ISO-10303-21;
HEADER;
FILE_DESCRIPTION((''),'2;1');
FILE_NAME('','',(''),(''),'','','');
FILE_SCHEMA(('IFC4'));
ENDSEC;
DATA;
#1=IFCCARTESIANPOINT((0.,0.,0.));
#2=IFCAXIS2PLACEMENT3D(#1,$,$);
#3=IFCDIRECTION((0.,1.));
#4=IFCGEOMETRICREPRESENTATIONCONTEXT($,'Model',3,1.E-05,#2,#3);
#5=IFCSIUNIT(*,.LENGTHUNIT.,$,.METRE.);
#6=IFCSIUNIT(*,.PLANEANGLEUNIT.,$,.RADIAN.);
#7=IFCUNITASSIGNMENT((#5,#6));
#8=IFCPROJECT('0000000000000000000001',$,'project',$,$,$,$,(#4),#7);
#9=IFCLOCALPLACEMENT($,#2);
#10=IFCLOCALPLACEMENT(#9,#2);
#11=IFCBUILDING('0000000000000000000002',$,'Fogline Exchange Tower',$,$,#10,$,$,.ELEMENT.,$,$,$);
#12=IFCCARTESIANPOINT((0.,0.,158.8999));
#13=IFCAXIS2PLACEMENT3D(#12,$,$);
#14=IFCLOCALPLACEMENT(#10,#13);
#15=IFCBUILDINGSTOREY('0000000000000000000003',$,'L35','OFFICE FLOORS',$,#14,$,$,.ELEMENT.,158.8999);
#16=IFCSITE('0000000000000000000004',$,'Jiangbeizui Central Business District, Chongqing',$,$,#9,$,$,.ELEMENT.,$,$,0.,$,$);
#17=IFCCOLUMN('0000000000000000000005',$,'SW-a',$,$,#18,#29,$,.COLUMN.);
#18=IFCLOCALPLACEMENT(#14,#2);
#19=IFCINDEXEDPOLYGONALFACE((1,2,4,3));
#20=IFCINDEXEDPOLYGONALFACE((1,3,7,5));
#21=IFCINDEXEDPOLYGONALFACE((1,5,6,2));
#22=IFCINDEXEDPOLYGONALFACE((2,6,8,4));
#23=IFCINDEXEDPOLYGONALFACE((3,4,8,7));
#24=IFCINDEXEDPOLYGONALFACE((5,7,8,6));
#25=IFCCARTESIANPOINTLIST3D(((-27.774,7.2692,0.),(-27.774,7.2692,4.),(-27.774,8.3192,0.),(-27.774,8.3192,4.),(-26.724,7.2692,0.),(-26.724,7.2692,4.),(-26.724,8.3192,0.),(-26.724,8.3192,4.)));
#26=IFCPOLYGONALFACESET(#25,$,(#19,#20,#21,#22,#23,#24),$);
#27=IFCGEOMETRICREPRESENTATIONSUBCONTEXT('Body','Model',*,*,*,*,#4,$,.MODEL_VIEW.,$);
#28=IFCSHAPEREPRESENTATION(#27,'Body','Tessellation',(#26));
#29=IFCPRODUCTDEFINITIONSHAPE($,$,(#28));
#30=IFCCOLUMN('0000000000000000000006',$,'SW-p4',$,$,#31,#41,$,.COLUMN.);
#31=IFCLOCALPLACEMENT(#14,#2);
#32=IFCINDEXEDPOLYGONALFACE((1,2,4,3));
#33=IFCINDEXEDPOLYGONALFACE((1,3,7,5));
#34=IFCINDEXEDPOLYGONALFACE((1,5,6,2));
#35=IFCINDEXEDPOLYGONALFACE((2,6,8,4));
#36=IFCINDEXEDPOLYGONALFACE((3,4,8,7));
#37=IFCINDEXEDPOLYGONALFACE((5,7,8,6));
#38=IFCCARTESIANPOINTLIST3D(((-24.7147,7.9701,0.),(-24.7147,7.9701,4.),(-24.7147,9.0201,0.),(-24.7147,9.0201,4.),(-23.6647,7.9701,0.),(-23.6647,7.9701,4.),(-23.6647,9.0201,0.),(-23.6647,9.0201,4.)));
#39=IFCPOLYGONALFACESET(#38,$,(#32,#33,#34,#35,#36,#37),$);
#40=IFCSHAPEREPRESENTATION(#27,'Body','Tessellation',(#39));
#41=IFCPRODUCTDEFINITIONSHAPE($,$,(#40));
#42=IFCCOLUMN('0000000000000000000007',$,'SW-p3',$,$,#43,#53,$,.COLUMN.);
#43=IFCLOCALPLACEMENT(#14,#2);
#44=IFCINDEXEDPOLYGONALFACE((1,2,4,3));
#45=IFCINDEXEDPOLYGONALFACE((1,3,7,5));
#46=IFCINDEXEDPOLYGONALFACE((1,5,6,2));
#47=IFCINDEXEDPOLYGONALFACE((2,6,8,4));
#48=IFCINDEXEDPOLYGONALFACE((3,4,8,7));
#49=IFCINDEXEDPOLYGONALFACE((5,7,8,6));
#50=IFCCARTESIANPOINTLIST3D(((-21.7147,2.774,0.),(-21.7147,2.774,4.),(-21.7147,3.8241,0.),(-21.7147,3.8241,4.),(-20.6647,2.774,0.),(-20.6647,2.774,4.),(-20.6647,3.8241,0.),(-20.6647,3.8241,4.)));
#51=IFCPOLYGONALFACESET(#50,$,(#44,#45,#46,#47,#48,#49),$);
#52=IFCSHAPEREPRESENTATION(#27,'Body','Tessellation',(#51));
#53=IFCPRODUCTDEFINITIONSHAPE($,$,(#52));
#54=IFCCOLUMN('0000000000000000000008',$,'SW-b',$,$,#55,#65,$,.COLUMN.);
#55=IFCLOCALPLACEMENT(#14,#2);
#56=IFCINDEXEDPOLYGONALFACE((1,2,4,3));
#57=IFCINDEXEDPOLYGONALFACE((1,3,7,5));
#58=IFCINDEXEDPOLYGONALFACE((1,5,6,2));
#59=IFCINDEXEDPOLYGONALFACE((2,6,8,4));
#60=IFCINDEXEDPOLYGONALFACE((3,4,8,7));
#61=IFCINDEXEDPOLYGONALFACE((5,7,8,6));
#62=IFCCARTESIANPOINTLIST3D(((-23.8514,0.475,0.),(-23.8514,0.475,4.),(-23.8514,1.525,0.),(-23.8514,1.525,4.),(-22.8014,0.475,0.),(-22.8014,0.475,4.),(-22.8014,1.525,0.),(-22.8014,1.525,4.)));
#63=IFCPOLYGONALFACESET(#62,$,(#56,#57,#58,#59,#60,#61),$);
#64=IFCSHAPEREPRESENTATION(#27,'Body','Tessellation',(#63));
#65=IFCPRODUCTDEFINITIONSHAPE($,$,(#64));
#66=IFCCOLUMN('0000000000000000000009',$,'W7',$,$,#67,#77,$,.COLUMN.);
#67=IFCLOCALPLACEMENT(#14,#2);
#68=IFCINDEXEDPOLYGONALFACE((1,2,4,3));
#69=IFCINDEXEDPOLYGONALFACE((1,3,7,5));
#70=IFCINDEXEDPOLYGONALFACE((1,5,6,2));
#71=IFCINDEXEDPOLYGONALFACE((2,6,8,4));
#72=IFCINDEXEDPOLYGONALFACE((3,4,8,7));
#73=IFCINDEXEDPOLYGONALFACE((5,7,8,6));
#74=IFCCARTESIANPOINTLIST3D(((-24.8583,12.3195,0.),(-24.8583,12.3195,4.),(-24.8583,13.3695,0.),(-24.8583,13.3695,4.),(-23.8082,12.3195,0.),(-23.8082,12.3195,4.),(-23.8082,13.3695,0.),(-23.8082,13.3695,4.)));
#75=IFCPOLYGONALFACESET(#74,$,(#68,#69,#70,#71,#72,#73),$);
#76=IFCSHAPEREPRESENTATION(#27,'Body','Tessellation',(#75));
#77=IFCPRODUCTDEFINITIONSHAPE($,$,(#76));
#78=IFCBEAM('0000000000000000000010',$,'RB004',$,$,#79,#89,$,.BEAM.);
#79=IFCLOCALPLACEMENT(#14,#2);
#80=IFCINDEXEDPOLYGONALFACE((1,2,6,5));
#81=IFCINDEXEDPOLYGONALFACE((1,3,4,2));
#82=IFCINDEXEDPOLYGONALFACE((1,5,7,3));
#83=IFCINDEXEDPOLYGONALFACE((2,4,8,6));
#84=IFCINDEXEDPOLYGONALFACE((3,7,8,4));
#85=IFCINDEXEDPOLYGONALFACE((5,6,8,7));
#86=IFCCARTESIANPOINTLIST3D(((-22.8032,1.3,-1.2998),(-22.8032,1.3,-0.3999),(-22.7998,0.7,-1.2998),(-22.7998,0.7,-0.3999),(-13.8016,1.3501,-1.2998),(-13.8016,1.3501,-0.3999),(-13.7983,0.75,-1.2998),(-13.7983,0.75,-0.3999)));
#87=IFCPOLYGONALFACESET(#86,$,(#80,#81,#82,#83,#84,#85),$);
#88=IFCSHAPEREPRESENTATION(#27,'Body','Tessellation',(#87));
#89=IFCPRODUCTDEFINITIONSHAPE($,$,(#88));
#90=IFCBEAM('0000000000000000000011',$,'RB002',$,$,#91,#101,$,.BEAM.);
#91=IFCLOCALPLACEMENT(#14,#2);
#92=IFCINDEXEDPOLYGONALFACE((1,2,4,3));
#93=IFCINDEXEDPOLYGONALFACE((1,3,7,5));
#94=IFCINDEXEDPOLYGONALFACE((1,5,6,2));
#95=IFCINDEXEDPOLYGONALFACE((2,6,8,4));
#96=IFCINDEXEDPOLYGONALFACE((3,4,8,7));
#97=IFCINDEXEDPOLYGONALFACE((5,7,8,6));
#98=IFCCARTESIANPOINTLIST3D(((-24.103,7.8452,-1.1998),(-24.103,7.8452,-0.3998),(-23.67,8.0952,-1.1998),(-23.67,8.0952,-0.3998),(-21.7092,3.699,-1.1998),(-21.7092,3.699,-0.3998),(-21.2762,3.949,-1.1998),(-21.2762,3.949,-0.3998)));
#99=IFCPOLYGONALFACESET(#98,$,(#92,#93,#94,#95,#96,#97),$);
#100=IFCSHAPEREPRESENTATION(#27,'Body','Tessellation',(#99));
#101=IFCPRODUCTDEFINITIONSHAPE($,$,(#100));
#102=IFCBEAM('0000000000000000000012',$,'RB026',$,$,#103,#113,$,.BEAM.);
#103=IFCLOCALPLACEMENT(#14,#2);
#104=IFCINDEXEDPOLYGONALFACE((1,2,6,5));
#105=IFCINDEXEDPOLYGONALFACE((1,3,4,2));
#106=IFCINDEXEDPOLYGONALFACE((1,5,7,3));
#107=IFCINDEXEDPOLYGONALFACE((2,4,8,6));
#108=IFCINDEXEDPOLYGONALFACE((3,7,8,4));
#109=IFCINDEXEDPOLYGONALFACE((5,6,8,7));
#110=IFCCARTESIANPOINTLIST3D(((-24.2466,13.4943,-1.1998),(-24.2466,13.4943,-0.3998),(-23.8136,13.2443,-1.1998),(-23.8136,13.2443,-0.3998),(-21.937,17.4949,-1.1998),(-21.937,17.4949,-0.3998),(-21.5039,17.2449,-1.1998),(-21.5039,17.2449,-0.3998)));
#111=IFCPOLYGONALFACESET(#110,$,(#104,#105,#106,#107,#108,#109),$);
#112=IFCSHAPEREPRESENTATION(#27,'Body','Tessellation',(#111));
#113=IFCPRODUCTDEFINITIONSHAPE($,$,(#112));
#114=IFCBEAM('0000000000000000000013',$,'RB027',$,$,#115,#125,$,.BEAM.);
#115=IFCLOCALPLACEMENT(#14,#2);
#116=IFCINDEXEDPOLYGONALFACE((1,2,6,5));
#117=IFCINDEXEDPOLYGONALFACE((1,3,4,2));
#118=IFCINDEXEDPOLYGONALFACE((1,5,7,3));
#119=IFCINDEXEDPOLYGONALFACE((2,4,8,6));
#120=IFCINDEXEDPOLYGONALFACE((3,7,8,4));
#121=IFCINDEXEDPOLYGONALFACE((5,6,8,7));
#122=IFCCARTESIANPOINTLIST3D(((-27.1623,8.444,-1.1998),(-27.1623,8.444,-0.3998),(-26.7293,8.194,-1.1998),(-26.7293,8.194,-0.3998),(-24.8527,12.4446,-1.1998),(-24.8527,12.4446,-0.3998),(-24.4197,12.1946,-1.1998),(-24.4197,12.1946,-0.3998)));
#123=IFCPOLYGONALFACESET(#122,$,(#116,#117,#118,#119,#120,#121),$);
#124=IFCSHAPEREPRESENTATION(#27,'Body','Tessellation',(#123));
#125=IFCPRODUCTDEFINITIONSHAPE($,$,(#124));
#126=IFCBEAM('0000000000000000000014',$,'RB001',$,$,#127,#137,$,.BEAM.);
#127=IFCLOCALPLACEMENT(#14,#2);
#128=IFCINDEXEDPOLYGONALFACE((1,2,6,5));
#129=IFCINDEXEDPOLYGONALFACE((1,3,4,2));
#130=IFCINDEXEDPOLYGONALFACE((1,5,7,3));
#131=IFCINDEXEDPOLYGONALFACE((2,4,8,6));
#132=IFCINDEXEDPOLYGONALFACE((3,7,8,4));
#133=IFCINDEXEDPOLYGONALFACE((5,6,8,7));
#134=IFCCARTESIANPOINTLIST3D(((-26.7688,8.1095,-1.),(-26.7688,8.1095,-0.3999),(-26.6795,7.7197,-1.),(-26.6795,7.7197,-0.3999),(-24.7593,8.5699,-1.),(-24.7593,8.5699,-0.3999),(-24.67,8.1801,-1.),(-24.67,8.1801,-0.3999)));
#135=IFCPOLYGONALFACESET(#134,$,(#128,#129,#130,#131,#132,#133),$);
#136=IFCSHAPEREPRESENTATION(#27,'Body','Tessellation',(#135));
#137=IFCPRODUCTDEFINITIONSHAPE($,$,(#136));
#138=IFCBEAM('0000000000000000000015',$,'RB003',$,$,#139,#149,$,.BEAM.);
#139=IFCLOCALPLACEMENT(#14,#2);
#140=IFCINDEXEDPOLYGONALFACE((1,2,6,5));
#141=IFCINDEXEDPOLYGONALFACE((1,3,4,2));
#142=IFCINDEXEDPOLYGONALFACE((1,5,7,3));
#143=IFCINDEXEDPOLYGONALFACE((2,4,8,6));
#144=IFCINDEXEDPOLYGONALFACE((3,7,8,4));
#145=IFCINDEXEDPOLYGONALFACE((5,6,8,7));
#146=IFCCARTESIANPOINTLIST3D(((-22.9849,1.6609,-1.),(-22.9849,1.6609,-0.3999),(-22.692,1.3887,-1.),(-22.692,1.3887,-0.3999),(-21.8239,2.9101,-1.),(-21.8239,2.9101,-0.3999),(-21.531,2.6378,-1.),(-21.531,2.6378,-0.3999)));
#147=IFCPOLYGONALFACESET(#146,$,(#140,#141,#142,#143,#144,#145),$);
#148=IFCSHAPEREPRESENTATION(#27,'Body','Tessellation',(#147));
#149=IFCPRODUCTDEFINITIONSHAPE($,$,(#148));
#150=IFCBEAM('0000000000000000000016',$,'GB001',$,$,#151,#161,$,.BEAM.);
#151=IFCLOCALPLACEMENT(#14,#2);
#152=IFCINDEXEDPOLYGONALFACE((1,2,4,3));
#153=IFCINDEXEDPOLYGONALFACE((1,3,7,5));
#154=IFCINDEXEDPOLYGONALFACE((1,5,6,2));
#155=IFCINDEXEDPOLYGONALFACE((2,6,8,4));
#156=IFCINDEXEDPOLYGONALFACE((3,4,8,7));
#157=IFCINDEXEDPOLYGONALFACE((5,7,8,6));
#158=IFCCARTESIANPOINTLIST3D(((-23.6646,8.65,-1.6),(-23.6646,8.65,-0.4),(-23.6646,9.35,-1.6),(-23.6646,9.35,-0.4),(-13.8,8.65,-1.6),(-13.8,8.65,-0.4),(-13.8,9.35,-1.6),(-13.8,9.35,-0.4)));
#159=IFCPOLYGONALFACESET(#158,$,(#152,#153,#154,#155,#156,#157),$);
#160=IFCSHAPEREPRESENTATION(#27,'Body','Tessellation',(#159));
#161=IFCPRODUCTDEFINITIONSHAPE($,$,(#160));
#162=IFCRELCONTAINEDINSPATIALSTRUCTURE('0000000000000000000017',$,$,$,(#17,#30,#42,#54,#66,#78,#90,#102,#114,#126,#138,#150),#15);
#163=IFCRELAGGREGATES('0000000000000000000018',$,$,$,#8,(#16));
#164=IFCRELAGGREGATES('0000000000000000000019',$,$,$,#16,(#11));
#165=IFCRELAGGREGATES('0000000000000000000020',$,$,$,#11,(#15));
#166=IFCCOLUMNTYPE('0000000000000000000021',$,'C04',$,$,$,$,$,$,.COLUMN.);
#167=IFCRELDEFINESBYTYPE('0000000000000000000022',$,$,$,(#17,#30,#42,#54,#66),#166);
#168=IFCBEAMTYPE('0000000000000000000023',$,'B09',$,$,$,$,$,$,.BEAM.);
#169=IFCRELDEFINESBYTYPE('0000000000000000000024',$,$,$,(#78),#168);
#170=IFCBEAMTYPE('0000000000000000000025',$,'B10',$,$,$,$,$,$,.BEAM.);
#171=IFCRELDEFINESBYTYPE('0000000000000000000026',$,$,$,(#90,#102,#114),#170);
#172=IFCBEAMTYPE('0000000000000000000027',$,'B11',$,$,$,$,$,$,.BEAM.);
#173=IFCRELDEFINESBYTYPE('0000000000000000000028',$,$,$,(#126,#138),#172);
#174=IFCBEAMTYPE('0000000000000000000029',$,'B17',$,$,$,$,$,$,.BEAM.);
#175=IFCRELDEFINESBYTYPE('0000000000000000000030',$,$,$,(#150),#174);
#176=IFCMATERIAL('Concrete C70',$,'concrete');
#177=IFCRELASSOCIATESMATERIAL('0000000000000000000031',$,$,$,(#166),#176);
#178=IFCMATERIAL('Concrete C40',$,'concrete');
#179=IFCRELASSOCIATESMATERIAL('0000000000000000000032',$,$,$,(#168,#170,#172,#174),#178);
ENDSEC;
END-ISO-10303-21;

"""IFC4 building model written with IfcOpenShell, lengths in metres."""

from ifc_helpers import new_model, si_unit, direction, frame, origin, origin_2d, place, context, subcontext, project, spatial, rectangle, extrude, material, material_profile, profile_set, type_object, element, save


model = new_model("IFC4")

# Units and contexts
model_context = context("Model", 3, precision=1e-05, world=origin(), true_north=direction((0.0, 1.0)))
body_context = subcontext(model_context, "Body", "Model", "MODEL_VIEW")
ifc_project = project(units=[si_unit("LENGTHUNIT", "METRE"), si_unit("PLANEANGLEUNIT", "RADIAN")], contexts=[model_context])

# Site, building, storey
site_placement = place(None, origin())
site = spatial("IfcSite", under=ifc_project, at=site_placement, Name="Jiangbeizui Central Business District, Chongqing", CompositionType="ELEMENT", RefElevation=0.0)
building_placement = place(site_placement, origin())
building = spatial("IfcBuilding", under=site, at=building_placement, Name="Fogline Exchange Tower", CompositionType="ELEMENT")
storey_placement = place(building_placement, frame((0.0, 0.0, 158.8999)))
storey = spatial("IfcBuildingStorey", under=building, at=storey_placement, Name="L35", Description="OFFICE FLOORS", CompositionType="ELEMENT", Elevation=158.8999)

# Columns
ifc_material_1 = material(Name="Concrete C70", Category="concrete")
ifc_material_profile_1 = material_profile(ifc_material_1, rectangle(XDim=1.05, YDim=1.05, at=origin_2d()), Name="RC 1050x1050")
ifc_profile_set_1 = profile_set([ifc_material_profile_1], Name="Concrete C70")
column_type = type_object("IfcColumnType", Name="C04", PredefinedType="COLUMN", material=ifc_profile_set_1)
for number, where, z_axis, x_axis, name in (
    (1, (-27.249, 7.7942, 0.0), (0.0, 0.0, 1.0), (1.0, 0.0, 0.0), "SW-a"),
    (2, (-24.1897, 8.4951, 0.0), (0.0, 0.0, 1.0), (1.0, 0.0, 0.0), "SW-p4"),
    (3, (-21.1897, 3.2991, 0.0), (0.0, 0.0, 1.0), (1.0, 0.0, 0.0), "SW-p3"),
    (4, (-23.3264, 1.0, 0.0), (0.0, 0.0, 1.0), (1.0, 0.0, 0.0), "SW-b"),
    (5, (-24.3333, 12.8445, 0.0), (0.0, 0.0, 1.0), (1.0, 0.0, 0.0), "W7"),
):
    element("IfcColumn", number, at=place(storey_placement, frame(where, z_axis=z_axis, x_axis=x_axis)), inside=storey, type_object=column_type, Name=name, PredefinedType="COLUMN", context=body_context, shape_type="SweptSolid", body=[
        extrude(rectangle(XDim=1.05, YDim=1.05, at=origin_2d()), origin(), (0.0, 0.0, 1.0), 4.0),
    ])

# Beams
ifc_material_2 = material(Name="Concrete C40", Category="concrete")
ifc_material_profile_2 = material_profile(ifc_material_2, rectangle(XDim=0.6001, YDim=0.8999, at=origin_2d()), Name="RC 600x900")
ifc_profile_set_2 = profile_set([ifc_material_profile_2], Name="Concrete C40")
beam_type_1 = type_object("IfcBeamType", Name="B09", PredefinedType="BEAM", material=ifc_profile_set_2)
beam_1_placement = place(storey_placement, frame((-22.8015, 1.0, -0.8499), z_axis=(0.999985, 0.00556, 0.0), x_axis=(-0.00556, 0.999985, 0.0)))
element("IfcBeam", 6, at=beam_1_placement, inside=storey, type_object=beam_type_1, Name="RB004", PredefinedType="BEAM", context=body_context, shape_type="SweptSolid", body=[
    extrude(rectangle(XDim=0.6001, YDim=0.8999, at=origin_2d()), origin(), (0.0, 0.0, 1.0), 9.0017),
])
ifc_material_profile_3 = material_profile(ifc_material_2, rectangle(XDim=0.5, YDim=0.8, at=origin_2d()), Name="RC 500x800")
ifc_profile_set_3 = profile_set([ifc_material_profile_3], Name="Concrete C40")
beam_type_2 = type_object("IfcBeamType", Name="B10", PredefinedType="BEAM", material=ifc_profile_set_3)
beam_2_placement = place(storey_placement, frame((-23.8865, 7.9702, -0.7998), z_axis=(0.499995, -0.866028, 0.0), x_axis=(0.866028, 0.499995, 0.0)))
element("IfcBeam", 7, at=beam_2_placement, inside=storey, type_object=beam_type_2, Name="RB002", PredefinedType="BEAM", context=body_context, shape_type="SweptSolid", body=[
    extrude(rectangle(XDim=0.5, YDim=0.8, at=origin_2d()), origin(), (0.0, 0.0, 1.0), 4.7876),
])
for number, where, z_axis, x_axis, name in (
    (8, (-21.7205, 17.3699, -0.7998), (-0.499982, -0.866036, 0.0), (0.866036, -0.499982, 0.0), "RB026"),
    (9, (-24.6362, 12.3196, -0.7998), (-0.499982, -0.866036, 0.0), (0.866036, -0.499982, 0.0), "RB027"),
):
    element("IfcBeam", number, at=place(storey_placement, frame(where, z_axis=z_axis, x_axis=x_axis)), inside=storey, type_object=beam_type_2, Name=name, PredefinedType="BEAM", context=body_context, shape_type="SweptSolid", body=[
        extrude(rectangle(XDim=0.5, YDim=0.8, at=origin_2d()), origin(), (0.0, 0.0, 1.0), 4.6194),
    ])
ifc_material_profile_4 = material_profile(ifc_material_2, rectangle(XDim=0.3999, YDim=0.6001, at=origin_2d()), Name="RC 400x600")
ifc_profile_set_4 = profile_set([ifc_material_profile_4], Name="Concrete C40")
beam_type_3 = type_object("IfcBeamType", Name="B11", PredefinedType="BEAM", material=ifc_profile_set_4)
beam_3_placement = place(storey_placement, frame((-26.7241, 7.9146, -0.7), z_axis=(0.974739, 0.223346, 0.0), x_axis=(-0.223346, 0.974739, 0.0)))
element("IfcBeam", 10, at=beam_3_placement, inside=storey, type_object=beam_type_3, Name="RB001", PredefinedType="BEAM", context=body_context, shape_type="SweptSolid", body=[
    extrude(rectangle(XDim=0.3999, YDim=0.6001, at=origin_2d()), origin(), (0.0, 0.0, 1.0), 2.0615),
])
beam_4_placement = place(storey_placement, frame((-21.6775, 2.7739, -0.7), z_axis=(-0.680792, -0.732477, 0.0), x_axis=(0.732477, -0.680792, 0.0)))
element("IfcBeam", 11, at=beam_4_placement, inside=storey, type_object=beam_type_3, Name="RB003", PredefinedType="BEAM", context=body_context, shape_type="SweptSolid", body=[
    extrude(rectangle(XDim=0.3999, YDim=0.6001, at=origin_2d()), origin(), (0.0, 0.0, 1.0), 1.7053),
])
ifc_material_profile_5 = material_profile(ifc_material_2, rectangle(XDim=0.7, YDim=1.2, at=origin_2d()), Name="RC 700x1200")
ifc_profile_set_5 = profile_set([ifc_material_profile_5], Name="Concrete C40")
beam_type_4 = type_object("IfcBeamType", Name="B17", PredefinedType="BEAM", material=ifc_profile_set_5)
beam_5_placement = place(storey_placement, frame((-23.6646, 9.0, -1.0), z_axis=(1.0, 0.0, 0.0), x_axis=(0.0, 1.0, 0.0)))
element("IfcBeam", 12, at=beam_5_placement, inside=storey, type_object=beam_type_4, Name="GB001", PredefinedType="BEAM", context=body_context, shape_type="SweptSolid", body=[
    extrude(rectangle(XDim=0.7, YDim=1.2, at=origin_2d()), origin(), (0.0, 0.0, 1.0), 9.8645),
])

save(model, "model.ifc")
